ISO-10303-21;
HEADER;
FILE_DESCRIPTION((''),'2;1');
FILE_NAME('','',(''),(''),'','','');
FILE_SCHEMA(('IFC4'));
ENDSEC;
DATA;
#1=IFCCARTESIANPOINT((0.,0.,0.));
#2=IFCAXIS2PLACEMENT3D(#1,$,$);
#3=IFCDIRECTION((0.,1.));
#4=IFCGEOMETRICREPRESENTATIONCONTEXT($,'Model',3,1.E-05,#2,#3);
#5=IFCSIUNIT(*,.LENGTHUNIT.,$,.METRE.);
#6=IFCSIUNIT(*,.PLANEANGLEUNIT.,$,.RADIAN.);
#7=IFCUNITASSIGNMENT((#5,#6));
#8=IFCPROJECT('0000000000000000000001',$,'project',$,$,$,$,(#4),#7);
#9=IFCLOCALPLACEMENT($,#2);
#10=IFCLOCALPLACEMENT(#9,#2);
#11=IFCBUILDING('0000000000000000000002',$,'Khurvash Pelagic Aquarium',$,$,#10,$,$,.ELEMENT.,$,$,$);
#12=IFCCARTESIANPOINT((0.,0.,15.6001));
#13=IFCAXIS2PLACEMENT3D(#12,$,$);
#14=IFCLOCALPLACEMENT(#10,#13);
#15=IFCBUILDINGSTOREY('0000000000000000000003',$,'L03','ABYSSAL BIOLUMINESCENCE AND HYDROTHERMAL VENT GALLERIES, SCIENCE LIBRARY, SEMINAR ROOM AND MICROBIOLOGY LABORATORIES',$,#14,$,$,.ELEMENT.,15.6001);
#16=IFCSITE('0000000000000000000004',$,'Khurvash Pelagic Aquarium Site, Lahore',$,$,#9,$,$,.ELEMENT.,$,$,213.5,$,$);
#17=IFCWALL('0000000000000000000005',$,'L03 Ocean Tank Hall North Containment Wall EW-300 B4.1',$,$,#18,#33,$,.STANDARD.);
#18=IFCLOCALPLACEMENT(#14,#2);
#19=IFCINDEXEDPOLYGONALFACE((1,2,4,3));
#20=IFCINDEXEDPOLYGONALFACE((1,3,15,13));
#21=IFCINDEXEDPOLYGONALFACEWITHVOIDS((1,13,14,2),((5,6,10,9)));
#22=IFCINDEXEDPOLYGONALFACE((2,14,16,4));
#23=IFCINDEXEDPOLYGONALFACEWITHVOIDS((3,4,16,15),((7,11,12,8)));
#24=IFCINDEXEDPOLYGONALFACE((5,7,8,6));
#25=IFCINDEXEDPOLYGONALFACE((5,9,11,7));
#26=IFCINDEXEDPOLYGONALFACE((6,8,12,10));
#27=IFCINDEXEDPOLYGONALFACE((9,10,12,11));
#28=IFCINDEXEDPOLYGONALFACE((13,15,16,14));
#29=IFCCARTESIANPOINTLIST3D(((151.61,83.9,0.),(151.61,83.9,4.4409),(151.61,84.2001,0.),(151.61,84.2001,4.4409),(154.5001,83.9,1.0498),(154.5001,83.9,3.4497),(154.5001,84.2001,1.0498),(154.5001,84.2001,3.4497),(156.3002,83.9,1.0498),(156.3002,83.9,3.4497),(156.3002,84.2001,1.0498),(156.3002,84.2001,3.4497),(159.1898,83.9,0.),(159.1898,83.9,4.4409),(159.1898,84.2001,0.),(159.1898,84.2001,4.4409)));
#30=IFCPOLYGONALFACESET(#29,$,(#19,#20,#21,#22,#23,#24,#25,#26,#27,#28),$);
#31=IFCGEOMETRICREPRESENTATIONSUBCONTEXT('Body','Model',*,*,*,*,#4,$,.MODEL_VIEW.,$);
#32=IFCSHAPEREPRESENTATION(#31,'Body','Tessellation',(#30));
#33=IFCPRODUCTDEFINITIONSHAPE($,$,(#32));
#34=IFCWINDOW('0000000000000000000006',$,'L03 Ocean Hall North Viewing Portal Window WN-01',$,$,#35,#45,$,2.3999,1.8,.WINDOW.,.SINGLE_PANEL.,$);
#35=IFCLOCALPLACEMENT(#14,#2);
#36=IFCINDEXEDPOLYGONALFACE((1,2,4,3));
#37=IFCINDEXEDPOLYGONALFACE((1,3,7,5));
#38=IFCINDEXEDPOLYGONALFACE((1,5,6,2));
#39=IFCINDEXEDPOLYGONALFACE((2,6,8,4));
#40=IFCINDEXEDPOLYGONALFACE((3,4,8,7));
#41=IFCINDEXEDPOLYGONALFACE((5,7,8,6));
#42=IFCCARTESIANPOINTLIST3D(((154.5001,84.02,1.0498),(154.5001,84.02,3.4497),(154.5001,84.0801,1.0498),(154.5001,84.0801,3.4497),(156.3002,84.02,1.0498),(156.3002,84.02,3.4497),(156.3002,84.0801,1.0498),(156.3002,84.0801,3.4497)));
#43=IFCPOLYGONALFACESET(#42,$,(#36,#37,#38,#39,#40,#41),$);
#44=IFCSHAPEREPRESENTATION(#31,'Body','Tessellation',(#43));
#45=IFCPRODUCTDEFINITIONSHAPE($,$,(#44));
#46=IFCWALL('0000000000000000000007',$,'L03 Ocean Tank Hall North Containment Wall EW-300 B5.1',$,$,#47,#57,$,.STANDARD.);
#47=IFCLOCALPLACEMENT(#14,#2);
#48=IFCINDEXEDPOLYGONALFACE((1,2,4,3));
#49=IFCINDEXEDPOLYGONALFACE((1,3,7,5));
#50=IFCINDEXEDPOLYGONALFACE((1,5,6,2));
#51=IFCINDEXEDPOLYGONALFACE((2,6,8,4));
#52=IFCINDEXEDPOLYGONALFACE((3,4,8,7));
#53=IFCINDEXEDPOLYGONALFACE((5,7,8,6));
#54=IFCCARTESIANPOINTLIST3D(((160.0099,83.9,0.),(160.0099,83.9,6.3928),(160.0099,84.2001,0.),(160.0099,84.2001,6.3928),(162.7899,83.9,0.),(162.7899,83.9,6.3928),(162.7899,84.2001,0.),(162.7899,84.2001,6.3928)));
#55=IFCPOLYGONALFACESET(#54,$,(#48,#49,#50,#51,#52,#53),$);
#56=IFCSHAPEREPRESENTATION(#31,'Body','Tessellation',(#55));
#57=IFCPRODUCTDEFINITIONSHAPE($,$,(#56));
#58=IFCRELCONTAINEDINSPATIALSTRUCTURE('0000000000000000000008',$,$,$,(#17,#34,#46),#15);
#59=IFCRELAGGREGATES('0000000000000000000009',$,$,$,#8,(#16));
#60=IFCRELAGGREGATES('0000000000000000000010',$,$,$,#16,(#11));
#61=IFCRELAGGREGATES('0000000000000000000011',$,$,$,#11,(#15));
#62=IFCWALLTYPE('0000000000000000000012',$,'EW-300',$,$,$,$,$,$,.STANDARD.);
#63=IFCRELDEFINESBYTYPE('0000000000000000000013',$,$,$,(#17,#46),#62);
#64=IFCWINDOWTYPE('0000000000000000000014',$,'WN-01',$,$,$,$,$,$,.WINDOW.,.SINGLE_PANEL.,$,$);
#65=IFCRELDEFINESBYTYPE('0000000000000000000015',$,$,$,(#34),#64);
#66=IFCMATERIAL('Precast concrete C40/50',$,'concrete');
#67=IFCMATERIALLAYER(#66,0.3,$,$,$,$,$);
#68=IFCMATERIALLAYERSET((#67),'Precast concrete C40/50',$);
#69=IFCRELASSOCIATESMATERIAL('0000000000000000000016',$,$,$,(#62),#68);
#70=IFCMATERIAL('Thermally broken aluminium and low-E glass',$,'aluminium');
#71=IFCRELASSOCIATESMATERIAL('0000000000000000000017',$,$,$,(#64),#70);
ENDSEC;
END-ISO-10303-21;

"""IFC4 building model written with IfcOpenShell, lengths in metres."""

from ifc_helpers import new_model, si_unit, direction, frame, frame_2d, origin, place, context, subcontext, project, spatial, rectangle, extrude, material, layer, layer_set, type_object, element, fill, save


model = new_model("IFC4")

# Units and contexts
model_context = context("Model", 3, precision=1e-05, world=origin(), true_north=direction((0.0, 1.0)))
body_context = subcontext(model_context, "Body", "Model", "MODEL_VIEW")
ifc_project = project(units=[si_unit("LENGTHUNIT", "METRE"), si_unit("PLANEANGLEUNIT", "RADIAN")], contexts=[model_context])

# Site, building, storey
site_placement = place(None, origin())
site = spatial("IfcSite", under=ifc_project, at=site_placement, Name="Khurvash Pelagic Aquarium Site, Lahore", CompositionType="ELEMENT", RefElevation=213.5)
building_placement = place(site_placement, origin())
building = spatial("IfcBuilding", under=site, at=building_placement, Name="Khurvash Pelagic Aquarium", CompositionType="ELEMENT")
storey_placement = place(building_placement, frame((0.0, 0.0, 15.6001)))
storey = spatial("IfcBuildingStorey", under=building, at=storey_placement, Name="L03", Description="ABYSSAL BIOLUMINESCENCE AND HYDROTHERMAL VENT GALLERIES, SCIENCE LIBRARY, SEMINAR ROOM AND MICROBIOLOGY LABORATORIES", CompositionType="ELEMENT", Elevation=15.6001)

# Shared definitions
ifc_material_1 = material(Name="Precast concrete C40/50", Category="concrete")
ifc_layer_1 = layer(ifc_material_1, 0.3)
ifc_layer_set_1 = layer_set([ifc_layer_1], Name="Precast concrete C40/50")
wall_type = type_object("IfcWallType", Name="EW-300", PredefinedType="STANDARD", material=ifc_layer_set_1)

# Shared definitions
ifc_material_2 = material(Name="Thermally broken aluminium and low-E glass", Category="aluminium")

# Wall, opening, window
wall_1_placement = place(storey_placement, frame((159.1899, 84.05, 0.0), z_axis=(0.0, 0.0, 1.0), x_axis=(-1.0, 0.0, 0.0)))
wall_1 = element("IfcWall", 1, at=wall_1_placement, inside=storey, type_object=wall_type, Name="L03 Ocean Tank Hall North Containment Wall EW-300 B4.1", PredefinedType="STANDARD", context=body_context, shape_type="SweptSolid", body=[
    extrude(rectangle(XDim=7.5798, YDim=0.3, at=frame_2d((3.79, 0.0))), origin(), (0.0, 0.0, 1.0), 4.4409),
])
opening_1_placement = place(wall_1_placement, frame((2.8899, 0.0, 1.0498)))
opening_1 = element("IfcOpeningElement", 2, at=opening_1_placement, cuts=wall_1, PredefinedType="OPENING", context=body_context, shape_type="SweptSolid", body=[
    extrude(rectangle(XDim=1.8, YDim=2.3999, at=frame_2d((0.8999, 1.2))), frame((0.0, 0.1602, 0.0), z_axis=(0.0, -1.0, 0.0), x_axis=(1.0, 0.0, 0.0)), (0.0, 0.0, 1.0), 0.3201),
])
window_type_1 = type_object("IfcWindowType", Name="WN-01", PartitioningType="SINGLE_PANEL", PredefinedType="WINDOW", material=ifc_material_2)
window_1_placement = place(opening_1_placement, origin())
window_1 = element("IfcWindow", 3, at=window_1_placement, inside=storey, type_object=window_type_1, Name="L03 Ocean Hall North Viewing Portal Window WN-01", OverallHeight=2.3999, OverallWidth=1.8, PartitioningType="SINGLE_PANEL", PredefinedType="WINDOW", context=body_context, shape_type="SweptSolid", body=[
    extrude(rectangle(XDim=1.8, YDim=2.3999, at=frame_2d((0.8999, 1.2))), frame((0.0, 0.03, 0.0), z_axis=(0.0, -1.0, 0.0), x_axis=(1.0, 0.0, 0.0)), (0.0, 0.0, 1.0), 0.0601),
])
fill(opening_1, window_1)

# Wall
wall_2_placement = place(storey_placement, frame((162.79, 84.05, 0.0), z_axis=(0.0, 0.0, 1.0), x_axis=(-1.0, 0.0, 0.0)))
element("IfcWall", 4, at=wall_2_placement, inside=storey, type_object=wall_type, Name="L03 Ocean Tank Hall North Containment Wall EW-300 B5.1", PredefinedType="STANDARD", context=body_context, shape_type="SweptSolid", body=[
    extrude(rectangle(XDim=2.78, YDim=0.3, at=frame_2d((1.3901, 0.0))), origin(), (0.0, 0.0, 1.0), 6.3928),
])

save(model, "model.ifc")
